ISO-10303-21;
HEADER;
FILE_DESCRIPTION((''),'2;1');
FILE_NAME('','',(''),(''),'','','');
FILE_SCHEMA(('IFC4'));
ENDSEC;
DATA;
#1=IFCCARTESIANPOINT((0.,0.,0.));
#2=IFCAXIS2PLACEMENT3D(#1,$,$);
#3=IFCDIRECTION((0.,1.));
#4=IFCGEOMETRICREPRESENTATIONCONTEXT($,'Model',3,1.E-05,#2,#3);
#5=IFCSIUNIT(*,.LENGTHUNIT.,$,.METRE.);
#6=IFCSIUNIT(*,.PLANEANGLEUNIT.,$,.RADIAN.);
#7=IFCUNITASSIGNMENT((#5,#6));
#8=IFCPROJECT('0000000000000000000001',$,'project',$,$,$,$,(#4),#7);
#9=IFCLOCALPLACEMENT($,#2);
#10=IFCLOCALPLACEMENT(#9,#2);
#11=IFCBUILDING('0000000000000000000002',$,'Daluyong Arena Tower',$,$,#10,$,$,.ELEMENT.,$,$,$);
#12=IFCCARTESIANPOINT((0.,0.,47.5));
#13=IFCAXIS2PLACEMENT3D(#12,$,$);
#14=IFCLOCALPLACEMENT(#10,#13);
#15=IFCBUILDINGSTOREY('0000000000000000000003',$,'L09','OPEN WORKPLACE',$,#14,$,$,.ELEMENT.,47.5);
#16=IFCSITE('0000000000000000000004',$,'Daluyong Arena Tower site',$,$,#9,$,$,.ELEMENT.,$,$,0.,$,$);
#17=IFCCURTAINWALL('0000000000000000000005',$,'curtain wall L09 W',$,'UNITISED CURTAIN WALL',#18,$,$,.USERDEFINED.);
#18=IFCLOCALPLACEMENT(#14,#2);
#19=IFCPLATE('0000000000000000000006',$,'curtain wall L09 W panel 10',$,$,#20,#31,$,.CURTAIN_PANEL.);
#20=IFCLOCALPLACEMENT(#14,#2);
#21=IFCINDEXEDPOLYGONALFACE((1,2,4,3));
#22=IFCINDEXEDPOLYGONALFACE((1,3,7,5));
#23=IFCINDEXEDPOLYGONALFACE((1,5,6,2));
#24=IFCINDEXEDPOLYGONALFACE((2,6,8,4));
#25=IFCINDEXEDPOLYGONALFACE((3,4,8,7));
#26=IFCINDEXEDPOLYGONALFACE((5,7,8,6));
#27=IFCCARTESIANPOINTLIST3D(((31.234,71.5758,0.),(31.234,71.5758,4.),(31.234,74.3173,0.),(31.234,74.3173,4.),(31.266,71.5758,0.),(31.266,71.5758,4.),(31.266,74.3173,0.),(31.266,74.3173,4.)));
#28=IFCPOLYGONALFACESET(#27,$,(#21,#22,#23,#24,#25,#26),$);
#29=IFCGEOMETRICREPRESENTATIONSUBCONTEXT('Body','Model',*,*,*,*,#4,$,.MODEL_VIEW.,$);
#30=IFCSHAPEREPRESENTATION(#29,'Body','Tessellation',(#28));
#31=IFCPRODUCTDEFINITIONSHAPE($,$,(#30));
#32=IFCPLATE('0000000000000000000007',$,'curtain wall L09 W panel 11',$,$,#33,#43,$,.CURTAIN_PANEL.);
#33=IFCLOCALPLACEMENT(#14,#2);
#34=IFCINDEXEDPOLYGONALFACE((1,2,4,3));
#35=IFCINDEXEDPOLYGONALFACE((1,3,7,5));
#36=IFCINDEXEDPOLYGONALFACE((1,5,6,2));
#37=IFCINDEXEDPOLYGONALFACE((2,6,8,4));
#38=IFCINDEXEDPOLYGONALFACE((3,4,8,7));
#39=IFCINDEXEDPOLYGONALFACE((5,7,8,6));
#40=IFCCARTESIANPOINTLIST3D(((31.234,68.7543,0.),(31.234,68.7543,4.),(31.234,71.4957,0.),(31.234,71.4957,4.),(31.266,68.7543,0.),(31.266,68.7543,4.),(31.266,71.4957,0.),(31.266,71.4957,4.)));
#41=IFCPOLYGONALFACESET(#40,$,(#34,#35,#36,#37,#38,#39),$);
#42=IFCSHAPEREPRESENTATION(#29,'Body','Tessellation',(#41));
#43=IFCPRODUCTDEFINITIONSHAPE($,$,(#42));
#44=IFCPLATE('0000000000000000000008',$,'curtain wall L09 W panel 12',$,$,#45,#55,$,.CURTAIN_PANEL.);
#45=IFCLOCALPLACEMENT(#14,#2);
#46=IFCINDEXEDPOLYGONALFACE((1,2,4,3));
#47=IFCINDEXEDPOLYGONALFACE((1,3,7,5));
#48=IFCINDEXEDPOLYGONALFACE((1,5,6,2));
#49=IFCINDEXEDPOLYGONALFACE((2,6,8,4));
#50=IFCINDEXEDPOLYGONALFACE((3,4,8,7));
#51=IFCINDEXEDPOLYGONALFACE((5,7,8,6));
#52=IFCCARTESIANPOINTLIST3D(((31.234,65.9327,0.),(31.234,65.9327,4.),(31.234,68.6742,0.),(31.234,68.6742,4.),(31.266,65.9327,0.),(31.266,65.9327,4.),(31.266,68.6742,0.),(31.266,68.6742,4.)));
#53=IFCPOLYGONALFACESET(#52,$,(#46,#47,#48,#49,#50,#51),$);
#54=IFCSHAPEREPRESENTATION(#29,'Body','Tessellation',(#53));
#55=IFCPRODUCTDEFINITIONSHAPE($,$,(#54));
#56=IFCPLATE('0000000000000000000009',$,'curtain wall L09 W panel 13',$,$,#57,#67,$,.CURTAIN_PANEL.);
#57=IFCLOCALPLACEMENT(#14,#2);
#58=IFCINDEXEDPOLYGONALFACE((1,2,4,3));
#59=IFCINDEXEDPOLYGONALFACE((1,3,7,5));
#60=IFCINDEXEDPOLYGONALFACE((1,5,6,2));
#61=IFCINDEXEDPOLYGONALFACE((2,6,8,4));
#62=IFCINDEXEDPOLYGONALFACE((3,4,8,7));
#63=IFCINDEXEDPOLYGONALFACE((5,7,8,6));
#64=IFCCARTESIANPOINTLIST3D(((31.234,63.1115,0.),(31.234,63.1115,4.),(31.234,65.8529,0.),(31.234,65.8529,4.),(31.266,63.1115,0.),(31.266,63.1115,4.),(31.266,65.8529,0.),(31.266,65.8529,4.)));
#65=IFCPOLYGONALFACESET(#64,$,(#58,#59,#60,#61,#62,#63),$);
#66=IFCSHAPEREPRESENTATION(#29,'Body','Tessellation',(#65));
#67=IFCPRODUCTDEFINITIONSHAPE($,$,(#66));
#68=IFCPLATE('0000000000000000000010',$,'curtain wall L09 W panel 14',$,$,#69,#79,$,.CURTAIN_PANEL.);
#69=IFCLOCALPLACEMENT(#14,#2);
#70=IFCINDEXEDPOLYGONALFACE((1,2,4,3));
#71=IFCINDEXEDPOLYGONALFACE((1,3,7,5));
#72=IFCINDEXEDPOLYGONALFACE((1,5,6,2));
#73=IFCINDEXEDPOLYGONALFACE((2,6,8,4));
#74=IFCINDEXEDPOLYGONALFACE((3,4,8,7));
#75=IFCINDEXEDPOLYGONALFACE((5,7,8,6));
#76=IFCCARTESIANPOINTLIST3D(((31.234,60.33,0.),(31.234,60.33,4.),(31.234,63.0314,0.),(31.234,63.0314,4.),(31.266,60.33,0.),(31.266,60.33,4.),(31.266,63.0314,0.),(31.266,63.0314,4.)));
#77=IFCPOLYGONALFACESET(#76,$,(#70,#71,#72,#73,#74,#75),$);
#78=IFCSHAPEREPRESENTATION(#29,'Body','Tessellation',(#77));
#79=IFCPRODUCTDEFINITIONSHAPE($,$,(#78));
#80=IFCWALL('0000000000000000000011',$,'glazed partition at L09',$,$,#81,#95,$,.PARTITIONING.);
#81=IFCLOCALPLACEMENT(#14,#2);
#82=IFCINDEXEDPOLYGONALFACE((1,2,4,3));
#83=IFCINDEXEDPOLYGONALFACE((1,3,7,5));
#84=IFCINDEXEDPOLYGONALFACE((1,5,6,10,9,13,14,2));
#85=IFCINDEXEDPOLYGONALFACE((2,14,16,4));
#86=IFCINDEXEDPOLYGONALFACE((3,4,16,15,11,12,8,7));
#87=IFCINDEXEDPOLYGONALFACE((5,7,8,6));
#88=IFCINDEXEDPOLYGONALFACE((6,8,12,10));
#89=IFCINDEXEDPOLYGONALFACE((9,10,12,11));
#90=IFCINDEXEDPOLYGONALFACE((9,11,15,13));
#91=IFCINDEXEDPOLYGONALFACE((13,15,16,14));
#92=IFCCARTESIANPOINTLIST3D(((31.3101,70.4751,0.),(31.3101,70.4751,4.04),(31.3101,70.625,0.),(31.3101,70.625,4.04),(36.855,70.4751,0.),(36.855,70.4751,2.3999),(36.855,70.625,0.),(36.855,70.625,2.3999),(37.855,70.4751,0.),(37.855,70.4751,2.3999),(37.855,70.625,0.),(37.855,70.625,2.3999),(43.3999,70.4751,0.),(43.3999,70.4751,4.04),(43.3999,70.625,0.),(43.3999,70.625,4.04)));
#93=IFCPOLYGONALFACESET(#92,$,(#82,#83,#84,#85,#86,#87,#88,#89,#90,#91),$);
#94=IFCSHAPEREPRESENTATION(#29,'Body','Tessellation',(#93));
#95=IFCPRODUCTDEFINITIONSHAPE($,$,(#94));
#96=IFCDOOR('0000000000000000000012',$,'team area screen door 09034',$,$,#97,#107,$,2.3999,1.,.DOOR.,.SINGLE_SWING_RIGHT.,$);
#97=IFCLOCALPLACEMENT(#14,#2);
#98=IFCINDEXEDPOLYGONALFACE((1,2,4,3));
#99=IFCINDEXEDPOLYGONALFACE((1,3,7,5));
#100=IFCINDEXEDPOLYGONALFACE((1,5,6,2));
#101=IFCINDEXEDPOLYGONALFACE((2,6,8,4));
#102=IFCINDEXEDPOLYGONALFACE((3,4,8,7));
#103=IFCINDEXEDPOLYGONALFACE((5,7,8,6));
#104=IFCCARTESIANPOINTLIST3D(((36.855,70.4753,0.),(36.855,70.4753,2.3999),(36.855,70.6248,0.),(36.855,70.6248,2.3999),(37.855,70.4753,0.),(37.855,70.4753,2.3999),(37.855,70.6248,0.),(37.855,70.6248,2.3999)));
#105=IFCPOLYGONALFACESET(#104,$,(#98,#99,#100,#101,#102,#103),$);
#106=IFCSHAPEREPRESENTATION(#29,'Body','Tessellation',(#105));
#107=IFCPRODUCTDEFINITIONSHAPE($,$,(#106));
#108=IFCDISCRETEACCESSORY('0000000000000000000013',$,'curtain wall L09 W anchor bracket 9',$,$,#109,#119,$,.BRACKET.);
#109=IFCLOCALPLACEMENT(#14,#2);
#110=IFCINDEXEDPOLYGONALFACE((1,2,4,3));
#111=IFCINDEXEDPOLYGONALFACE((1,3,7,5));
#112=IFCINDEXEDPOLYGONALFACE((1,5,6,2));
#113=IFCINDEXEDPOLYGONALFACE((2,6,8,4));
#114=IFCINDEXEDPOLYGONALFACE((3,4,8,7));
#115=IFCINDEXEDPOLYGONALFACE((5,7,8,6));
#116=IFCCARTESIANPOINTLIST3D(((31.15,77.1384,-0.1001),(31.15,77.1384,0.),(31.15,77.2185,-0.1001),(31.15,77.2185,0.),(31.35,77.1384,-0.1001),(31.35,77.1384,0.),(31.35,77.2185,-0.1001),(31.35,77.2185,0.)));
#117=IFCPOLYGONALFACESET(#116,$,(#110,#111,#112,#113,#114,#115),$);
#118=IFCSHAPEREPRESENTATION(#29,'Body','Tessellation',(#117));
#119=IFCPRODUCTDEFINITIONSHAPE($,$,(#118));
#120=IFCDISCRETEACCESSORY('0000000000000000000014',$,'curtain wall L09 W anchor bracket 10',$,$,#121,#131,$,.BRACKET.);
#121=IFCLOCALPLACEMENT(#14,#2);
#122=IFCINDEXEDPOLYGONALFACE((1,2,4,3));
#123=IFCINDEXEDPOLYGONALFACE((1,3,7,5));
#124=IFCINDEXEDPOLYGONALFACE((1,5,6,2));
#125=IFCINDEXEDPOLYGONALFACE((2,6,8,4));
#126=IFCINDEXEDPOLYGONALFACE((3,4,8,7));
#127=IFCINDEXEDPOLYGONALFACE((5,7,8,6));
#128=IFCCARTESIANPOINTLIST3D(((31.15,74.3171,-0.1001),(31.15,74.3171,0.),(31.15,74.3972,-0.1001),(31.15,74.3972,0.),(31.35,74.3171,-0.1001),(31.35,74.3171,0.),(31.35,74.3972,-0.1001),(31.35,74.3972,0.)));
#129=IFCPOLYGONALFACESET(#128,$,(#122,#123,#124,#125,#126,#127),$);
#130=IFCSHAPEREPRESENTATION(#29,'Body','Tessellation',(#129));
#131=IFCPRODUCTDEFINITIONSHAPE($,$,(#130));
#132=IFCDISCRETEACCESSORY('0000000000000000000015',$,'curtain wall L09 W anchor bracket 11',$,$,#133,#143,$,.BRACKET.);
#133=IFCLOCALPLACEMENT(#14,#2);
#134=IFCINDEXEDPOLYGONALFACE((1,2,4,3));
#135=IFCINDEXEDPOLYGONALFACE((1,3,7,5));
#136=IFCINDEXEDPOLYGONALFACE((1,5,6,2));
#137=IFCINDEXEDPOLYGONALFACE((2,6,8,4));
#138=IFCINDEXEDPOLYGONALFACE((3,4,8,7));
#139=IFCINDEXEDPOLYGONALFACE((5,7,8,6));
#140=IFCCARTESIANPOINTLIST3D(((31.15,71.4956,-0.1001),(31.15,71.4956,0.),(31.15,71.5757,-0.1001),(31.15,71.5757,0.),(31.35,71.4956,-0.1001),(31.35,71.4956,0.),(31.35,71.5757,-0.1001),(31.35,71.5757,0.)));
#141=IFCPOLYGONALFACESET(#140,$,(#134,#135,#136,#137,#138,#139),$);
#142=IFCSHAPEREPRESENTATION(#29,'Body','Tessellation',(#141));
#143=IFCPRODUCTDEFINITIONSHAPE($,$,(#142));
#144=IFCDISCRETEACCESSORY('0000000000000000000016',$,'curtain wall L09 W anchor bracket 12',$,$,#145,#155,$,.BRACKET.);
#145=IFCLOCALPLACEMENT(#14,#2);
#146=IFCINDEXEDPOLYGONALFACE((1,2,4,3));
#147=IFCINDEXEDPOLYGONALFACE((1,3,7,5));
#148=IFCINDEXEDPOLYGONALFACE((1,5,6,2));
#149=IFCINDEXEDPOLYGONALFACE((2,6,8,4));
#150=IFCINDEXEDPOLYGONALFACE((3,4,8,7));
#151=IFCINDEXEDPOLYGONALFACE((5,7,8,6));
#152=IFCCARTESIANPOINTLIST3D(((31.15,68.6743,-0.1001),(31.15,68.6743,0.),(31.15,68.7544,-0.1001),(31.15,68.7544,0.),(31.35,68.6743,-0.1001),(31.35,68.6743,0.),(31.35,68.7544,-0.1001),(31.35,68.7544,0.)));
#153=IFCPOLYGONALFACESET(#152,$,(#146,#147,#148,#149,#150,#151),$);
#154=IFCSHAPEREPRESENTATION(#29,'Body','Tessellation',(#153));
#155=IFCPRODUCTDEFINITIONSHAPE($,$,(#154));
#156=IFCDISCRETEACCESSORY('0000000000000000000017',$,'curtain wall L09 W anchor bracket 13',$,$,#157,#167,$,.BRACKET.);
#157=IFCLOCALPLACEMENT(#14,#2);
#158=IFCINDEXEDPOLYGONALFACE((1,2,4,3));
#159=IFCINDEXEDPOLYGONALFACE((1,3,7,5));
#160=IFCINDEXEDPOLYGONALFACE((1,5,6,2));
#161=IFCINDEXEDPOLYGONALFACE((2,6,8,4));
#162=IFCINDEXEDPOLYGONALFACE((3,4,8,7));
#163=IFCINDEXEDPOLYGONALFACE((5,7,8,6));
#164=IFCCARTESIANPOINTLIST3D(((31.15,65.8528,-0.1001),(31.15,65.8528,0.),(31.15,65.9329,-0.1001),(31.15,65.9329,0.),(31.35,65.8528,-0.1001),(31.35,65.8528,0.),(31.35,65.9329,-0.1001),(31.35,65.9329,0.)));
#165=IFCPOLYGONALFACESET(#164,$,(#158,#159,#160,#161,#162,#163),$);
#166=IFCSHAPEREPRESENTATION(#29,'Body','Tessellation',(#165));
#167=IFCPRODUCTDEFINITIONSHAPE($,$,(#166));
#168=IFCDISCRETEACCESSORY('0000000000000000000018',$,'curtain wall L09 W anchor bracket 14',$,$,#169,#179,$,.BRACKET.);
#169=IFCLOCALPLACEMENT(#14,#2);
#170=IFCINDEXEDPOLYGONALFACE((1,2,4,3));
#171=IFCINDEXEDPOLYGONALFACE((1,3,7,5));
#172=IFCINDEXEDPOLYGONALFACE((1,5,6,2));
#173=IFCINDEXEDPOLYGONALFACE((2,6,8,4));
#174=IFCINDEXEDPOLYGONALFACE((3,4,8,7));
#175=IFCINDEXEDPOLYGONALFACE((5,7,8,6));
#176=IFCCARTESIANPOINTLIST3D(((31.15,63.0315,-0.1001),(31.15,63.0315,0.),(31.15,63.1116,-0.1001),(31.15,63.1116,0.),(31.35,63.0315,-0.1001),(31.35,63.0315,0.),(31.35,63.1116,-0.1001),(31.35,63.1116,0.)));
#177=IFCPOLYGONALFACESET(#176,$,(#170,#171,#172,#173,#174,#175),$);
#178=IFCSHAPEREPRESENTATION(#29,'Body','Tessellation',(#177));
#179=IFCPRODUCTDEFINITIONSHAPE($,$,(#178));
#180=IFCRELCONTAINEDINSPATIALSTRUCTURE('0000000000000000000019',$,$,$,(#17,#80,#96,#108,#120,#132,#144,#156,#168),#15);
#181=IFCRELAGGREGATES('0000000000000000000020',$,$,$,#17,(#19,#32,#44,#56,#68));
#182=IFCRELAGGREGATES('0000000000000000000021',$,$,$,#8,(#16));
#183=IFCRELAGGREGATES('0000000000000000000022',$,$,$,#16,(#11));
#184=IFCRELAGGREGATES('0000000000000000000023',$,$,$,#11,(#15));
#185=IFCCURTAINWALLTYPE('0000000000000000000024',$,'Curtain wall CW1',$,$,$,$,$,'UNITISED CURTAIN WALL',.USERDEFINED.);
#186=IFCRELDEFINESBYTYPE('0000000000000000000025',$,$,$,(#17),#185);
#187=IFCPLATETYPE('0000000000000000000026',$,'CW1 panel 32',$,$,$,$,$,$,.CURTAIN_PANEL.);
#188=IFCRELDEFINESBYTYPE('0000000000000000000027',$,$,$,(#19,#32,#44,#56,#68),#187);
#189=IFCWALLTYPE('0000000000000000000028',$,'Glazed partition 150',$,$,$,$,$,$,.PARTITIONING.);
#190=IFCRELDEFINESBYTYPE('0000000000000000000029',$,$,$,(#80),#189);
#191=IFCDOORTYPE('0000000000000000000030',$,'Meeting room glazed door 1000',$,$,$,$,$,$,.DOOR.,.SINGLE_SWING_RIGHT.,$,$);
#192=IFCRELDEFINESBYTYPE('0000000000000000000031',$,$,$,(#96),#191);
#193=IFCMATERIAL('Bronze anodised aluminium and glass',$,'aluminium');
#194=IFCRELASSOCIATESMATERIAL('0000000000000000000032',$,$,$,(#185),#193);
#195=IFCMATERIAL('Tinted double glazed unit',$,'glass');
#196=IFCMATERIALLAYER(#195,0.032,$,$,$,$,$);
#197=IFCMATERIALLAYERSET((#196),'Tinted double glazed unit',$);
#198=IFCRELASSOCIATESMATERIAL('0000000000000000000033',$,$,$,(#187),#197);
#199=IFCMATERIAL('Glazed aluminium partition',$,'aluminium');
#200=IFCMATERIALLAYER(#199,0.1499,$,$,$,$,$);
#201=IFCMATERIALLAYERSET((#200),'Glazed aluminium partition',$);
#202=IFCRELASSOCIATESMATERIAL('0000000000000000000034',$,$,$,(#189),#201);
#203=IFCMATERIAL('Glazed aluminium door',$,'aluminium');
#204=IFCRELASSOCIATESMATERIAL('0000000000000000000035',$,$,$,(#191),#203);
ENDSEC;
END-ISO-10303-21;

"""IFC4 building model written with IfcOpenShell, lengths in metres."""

from ifc_helpers import new_model, si_unit, direction, frame, frame_2d, origin, origin_2d, place, context, subcontext, project, spatial, rectangle, extrude, material, layer, layer_set, type_object, element, fill, aggregate, save


model = new_model("IFC4")

# Units and contexts
model_context = context("Model", 3, precision=1e-05, world=origin(), true_north=direction((0.0, 1.0)))
body_context = subcontext(model_context, "Body", "Model", "MODEL_VIEW")
ifc_project = project(units=[si_unit("LENGTHUNIT", "METRE"), si_unit("PLANEANGLEUNIT", "RADIAN")], contexts=[model_context])

# Site, building, storey
site_placement = place(None, origin())
site = spatial("IfcSite", under=ifc_project, at=site_placement, Name="Daluyong Arena Tower site", CompositionType="ELEMENT", RefElevation=0.0)
building_placement = place(site_placement, origin())
building = spatial("IfcBuilding", under=site, at=building_placement, Name="Daluyong Arena Tower", CompositionType="ELEMENT")
storey_placement = place(building_placement, frame((0.0, 0.0, 47.5)))
storey = spatial("IfcBuildingStorey", under=building, at=storey_placement, Name="L09", Description="OPEN WORKPLACE", CompositionType="ELEMENT", Elevation=47.5)

# Curtain wall
ifc_material_1 = material(Name="Bronze anodised aluminium and glass", Category="aluminium")
curtain_wall_type_1 = type_object("IfcCurtainWallType", Name="Curtain wall CW1", ElementType="UNITISED CURTAIN WALL", PredefinedType="USERDEFINED", material=ifc_material_1)
curtain_wall_1_placement = place(storey_placement, origin())
curtain_wall_1 = element("IfcCurtainWall", 1, at=curtain_wall_1_placement, inside=storey, type_object=curtain_wall_type_1, Name="curtain wall L09 W", ObjectType="UNITISED CURTAIN WALL", PredefinedType="USERDEFINED")

# Plates
ifc_material_2 = material(Name="Tinted double glazed unit", Category="glass")
ifc_layer_1 = layer(ifc_material_2, 0.032)
ifc_layer_set_1 = layer_set([ifc_layer_1], Name="Tinted double glazed unit")
plate_type = type_object("IfcPlateType", Name="CW1 panel 32", PredefinedType="CURTAIN_PANEL", material=ifc_layer_set_1)
plate_1_placement = place(storey_placement, frame((31.25, 72.9465, 0.0), z_axis=(0.0, 0.0, 1.0), x_axis=(0.0, -1.0, 0.0)))
plate_1 = element("IfcPlate", 2, at=plate_1_placement, type_object=plate_type, Name="curtain wall L09 W panel 10", PredefinedType="CURTAIN_PANEL", context=body_context, shape_type="SweptSolid", body=[
    extrude(rectangle(XDim=2.7415, YDim=0.032, at=origin_2d()), origin(), (0.0, 0.0, 1.0), 4.0),
])
plate_2_placement = place(storey_placement, frame((31.25, 70.125, 0.0), z_axis=(0.0, 0.0, 1.0), x_axis=(0.0, -1.0, 0.0)))
plate_2 = element("IfcPlate", 3, at=plate_2_placement, type_object=plate_type, Name="curtain wall L09 W panel 11", PredefinedType="CURTAIN_PANEL", context=body_context, shape_type="SweptSolid", body=[
    extrude(rectangle(XDim=2.7415, YDim=0.032, at=origin_2d()), origin(), (0.0, 0.0, 1.0), 4.0),
])
plate_3_placement = place(storey_placement, frame((31.25, 67.3035, 0.0), z_axis=(0.0, 0.0, 1.0), x_axis=(0.0, -1.0, 0.0)))
plate_3 = element("IfcPlate", 4, at=plate_3_placement, type_object=plate_type, Name="curtain wall L09 W panel 12", PredefinedType="CURTAIN_PANEL", context=body_context, shape_type="SweptSolid", body=[
    extrude(rectangle(XDim=2.7415, YDim=0.032, at=origin_2d()), origin(), (0.0, 0.0, 1.0), 4.0),
])
plate_4_placement = place(storey_placement, frame((31.25, 64.4822, 0.0), z_axis=(0.0, 0.0, 1.0), x_axis=(0.0, -1.0, 0.0)))
plate_4 = element("IfcPlate", 5, at=plate_4_placement, type_object=plate_type, Name="curtain wall L09 W panel 13", PredefinedType="CURTAIN_PANEL", context=body_context, shape_type="SweptSolid", body=[
    extrude(rectangle(XDim=2.7415, YDim=0.032, at=origin_2d()), origin(), (0.0, 0.0, 1.0), 4.0),
])
plate_5_placement = place(storey_placement, frame((31.25, 61.6807, 0.0), z_axis=(0.0, 0.0, 1.0), x_axis=(0.0, -1.0, 0.0)))
plate_5 = element("IfcPlate", 6, at=plate_5_placement, type_object=plate_type, Name="curtain wall L09 W panel 14", PredefinedType="CURTAIN_PANEL", context=body_context, shape_type="SweptSolid", body=[
    extrude(rectangle(XDim=2.7014, YDim=0.032, at=origin_2d()), origin(), (0.0, 0.0, 1.0), 4.0),
])
aggregate(curtain_wall_1, [plate_1, plate_2, plate_3, plate_4, plate_5])

# Wall, opening, door
ifc_material_3 = material(Name="Glazed aluminium partition", Category="aluminium")
ifc_layer_2 = layer(ifc_material_3, 0.1499)
ifc_layer_set_2 = layer_set([ifc_layer_2], Name="Glazed aluminium partition")
wall_type = type_object("IfcWallType", Name="Glazed partition 150", PredefinedType="PARTITIONING", material=ifc_layer_set_2)
wall_placement = place(storey_placement, frame((31.3101, 70.55, 0.0), z_axis=(0.0, 0.0, 1.0), x_axis=(1.0, 0.0, 0.0)))
wall = element("IfcWall", 7, at=wall_placement, inside=storey, type_object=wall_type, Name="glazed partition at L09", PredefinedType="PARTITIONING", context=body_context, shape_type="SweptSolid", body=[
    extrude(rectangle(XDim=12.0898, YDim=0.1499, at=frame_2d((6.0449, 0.0))), origin(), (0.0, 0.0, 1.0), 4.04),
])
opening_placement = place(wall_placement, frame((5.5449, 0.0, 0.0)))
opening = element("IfcOpeningElement", 8, at=opening_placement, cuts=wall, PredefinedType="OPENING", context=body_context, shape_type="SweptSolid", body=[
    extrude(rectangle(XDim=1.0, YDim=2.3999, at=frame_2d((0.5, 1.2))), frame((0.0, 0.085, 0.0), z_axis=(0.0, -1.0, 0.0), x_axis=(1.0, 0.0, 0.0)), (0.0, 0.0, 1.0), 0.1699),
])
ifc_material_4 = material(Name="Glazed aluminium door", Category="aluminium")
door_type = type_object("IfcDoorType", Name="Meeting room glazed door 1000", OperationType="SINGLE_SWING_RIGHT", PredefinedType="DOOR", material=ifc_material_4)
door_placement = place(opening_placement, origin())
door = element("IfcDoor", 9, at=door_placement, inside=storey, type_object=door_type, Name="team area screen door 09034", OperationType="SINGLE_SWING_RIGHT", OverallHeight=2.3999, OverallWidth=1.0, PredefinedType="DOOR", context=body_context, shape_type="SweptSolid", body=[
    extrude(rectangle(XDim=1.0, YDim=2.3999, at=frame_2d((0.5, 1.2))), frame((0.0, 0.0747, 0.0), z_axis=(0.0, -1.0, 0.0), x_axis=(1.0, 0.0, 0.0)), (0.0, 0.0, 1.0), 0.1494),
])
fill(opening, door)

# Discrete accessories
for number, where, z_axis, x_axis, name in (
    (10, (31.25, 77.1785, -0.1001), (0.0, 0.0, 1.0), (0.0, -1.0, 0.0), "curtain wall L09 W anchor bracket 9"),
    (11, (31.25, 74.3572, -0.1001), (0.0, 0.0, 1.0), (0.0, -1.0, 0.0), "curtain wall L09 W anchor bracket 10"),
    (12, (31.25, 71.5356, -0.1001), (0.0, 0.0, 1.0), (0.0, -1.0, 0.0), "curtain wall L09 W anchor bracket 11"),
    (13, (31.25, 68.7144, -0.1001), (0.0, 0.0, 1.0), (0.0, -1.0, 0.0), "curtain wall L09 W anchor bracket 12"),
    (14, (31.25, 65.8928, -0.1001), (0.0, 0.0, 1.0), (0.0, -1.0, 0.0), "curtain wall L09 W anchor bracket 13"),
    (15, (31.25, 63.0715, -0.1001), (0.0, 0.0, 1.0), (0.0, -1.0, 0.0), "curtain wall L09 W anchor bracket 14"),
):
    element("IfcDiscreteAccessory", number, at=place(storey_placement, frame(where, z_axis=z_axis, x_axis=x_axis)), inside=storey, Name=name, PredefinedType="BRACKET", context=body_context, shape_type="SweptSolid", body=[
        extrude(rectangle(XDim=0.0801, YDim=0.2, at=origin_2d()), origin(), (0.0, 0.0, 1.0), 0.1001),
    ])

save(model, "model.ifc")
